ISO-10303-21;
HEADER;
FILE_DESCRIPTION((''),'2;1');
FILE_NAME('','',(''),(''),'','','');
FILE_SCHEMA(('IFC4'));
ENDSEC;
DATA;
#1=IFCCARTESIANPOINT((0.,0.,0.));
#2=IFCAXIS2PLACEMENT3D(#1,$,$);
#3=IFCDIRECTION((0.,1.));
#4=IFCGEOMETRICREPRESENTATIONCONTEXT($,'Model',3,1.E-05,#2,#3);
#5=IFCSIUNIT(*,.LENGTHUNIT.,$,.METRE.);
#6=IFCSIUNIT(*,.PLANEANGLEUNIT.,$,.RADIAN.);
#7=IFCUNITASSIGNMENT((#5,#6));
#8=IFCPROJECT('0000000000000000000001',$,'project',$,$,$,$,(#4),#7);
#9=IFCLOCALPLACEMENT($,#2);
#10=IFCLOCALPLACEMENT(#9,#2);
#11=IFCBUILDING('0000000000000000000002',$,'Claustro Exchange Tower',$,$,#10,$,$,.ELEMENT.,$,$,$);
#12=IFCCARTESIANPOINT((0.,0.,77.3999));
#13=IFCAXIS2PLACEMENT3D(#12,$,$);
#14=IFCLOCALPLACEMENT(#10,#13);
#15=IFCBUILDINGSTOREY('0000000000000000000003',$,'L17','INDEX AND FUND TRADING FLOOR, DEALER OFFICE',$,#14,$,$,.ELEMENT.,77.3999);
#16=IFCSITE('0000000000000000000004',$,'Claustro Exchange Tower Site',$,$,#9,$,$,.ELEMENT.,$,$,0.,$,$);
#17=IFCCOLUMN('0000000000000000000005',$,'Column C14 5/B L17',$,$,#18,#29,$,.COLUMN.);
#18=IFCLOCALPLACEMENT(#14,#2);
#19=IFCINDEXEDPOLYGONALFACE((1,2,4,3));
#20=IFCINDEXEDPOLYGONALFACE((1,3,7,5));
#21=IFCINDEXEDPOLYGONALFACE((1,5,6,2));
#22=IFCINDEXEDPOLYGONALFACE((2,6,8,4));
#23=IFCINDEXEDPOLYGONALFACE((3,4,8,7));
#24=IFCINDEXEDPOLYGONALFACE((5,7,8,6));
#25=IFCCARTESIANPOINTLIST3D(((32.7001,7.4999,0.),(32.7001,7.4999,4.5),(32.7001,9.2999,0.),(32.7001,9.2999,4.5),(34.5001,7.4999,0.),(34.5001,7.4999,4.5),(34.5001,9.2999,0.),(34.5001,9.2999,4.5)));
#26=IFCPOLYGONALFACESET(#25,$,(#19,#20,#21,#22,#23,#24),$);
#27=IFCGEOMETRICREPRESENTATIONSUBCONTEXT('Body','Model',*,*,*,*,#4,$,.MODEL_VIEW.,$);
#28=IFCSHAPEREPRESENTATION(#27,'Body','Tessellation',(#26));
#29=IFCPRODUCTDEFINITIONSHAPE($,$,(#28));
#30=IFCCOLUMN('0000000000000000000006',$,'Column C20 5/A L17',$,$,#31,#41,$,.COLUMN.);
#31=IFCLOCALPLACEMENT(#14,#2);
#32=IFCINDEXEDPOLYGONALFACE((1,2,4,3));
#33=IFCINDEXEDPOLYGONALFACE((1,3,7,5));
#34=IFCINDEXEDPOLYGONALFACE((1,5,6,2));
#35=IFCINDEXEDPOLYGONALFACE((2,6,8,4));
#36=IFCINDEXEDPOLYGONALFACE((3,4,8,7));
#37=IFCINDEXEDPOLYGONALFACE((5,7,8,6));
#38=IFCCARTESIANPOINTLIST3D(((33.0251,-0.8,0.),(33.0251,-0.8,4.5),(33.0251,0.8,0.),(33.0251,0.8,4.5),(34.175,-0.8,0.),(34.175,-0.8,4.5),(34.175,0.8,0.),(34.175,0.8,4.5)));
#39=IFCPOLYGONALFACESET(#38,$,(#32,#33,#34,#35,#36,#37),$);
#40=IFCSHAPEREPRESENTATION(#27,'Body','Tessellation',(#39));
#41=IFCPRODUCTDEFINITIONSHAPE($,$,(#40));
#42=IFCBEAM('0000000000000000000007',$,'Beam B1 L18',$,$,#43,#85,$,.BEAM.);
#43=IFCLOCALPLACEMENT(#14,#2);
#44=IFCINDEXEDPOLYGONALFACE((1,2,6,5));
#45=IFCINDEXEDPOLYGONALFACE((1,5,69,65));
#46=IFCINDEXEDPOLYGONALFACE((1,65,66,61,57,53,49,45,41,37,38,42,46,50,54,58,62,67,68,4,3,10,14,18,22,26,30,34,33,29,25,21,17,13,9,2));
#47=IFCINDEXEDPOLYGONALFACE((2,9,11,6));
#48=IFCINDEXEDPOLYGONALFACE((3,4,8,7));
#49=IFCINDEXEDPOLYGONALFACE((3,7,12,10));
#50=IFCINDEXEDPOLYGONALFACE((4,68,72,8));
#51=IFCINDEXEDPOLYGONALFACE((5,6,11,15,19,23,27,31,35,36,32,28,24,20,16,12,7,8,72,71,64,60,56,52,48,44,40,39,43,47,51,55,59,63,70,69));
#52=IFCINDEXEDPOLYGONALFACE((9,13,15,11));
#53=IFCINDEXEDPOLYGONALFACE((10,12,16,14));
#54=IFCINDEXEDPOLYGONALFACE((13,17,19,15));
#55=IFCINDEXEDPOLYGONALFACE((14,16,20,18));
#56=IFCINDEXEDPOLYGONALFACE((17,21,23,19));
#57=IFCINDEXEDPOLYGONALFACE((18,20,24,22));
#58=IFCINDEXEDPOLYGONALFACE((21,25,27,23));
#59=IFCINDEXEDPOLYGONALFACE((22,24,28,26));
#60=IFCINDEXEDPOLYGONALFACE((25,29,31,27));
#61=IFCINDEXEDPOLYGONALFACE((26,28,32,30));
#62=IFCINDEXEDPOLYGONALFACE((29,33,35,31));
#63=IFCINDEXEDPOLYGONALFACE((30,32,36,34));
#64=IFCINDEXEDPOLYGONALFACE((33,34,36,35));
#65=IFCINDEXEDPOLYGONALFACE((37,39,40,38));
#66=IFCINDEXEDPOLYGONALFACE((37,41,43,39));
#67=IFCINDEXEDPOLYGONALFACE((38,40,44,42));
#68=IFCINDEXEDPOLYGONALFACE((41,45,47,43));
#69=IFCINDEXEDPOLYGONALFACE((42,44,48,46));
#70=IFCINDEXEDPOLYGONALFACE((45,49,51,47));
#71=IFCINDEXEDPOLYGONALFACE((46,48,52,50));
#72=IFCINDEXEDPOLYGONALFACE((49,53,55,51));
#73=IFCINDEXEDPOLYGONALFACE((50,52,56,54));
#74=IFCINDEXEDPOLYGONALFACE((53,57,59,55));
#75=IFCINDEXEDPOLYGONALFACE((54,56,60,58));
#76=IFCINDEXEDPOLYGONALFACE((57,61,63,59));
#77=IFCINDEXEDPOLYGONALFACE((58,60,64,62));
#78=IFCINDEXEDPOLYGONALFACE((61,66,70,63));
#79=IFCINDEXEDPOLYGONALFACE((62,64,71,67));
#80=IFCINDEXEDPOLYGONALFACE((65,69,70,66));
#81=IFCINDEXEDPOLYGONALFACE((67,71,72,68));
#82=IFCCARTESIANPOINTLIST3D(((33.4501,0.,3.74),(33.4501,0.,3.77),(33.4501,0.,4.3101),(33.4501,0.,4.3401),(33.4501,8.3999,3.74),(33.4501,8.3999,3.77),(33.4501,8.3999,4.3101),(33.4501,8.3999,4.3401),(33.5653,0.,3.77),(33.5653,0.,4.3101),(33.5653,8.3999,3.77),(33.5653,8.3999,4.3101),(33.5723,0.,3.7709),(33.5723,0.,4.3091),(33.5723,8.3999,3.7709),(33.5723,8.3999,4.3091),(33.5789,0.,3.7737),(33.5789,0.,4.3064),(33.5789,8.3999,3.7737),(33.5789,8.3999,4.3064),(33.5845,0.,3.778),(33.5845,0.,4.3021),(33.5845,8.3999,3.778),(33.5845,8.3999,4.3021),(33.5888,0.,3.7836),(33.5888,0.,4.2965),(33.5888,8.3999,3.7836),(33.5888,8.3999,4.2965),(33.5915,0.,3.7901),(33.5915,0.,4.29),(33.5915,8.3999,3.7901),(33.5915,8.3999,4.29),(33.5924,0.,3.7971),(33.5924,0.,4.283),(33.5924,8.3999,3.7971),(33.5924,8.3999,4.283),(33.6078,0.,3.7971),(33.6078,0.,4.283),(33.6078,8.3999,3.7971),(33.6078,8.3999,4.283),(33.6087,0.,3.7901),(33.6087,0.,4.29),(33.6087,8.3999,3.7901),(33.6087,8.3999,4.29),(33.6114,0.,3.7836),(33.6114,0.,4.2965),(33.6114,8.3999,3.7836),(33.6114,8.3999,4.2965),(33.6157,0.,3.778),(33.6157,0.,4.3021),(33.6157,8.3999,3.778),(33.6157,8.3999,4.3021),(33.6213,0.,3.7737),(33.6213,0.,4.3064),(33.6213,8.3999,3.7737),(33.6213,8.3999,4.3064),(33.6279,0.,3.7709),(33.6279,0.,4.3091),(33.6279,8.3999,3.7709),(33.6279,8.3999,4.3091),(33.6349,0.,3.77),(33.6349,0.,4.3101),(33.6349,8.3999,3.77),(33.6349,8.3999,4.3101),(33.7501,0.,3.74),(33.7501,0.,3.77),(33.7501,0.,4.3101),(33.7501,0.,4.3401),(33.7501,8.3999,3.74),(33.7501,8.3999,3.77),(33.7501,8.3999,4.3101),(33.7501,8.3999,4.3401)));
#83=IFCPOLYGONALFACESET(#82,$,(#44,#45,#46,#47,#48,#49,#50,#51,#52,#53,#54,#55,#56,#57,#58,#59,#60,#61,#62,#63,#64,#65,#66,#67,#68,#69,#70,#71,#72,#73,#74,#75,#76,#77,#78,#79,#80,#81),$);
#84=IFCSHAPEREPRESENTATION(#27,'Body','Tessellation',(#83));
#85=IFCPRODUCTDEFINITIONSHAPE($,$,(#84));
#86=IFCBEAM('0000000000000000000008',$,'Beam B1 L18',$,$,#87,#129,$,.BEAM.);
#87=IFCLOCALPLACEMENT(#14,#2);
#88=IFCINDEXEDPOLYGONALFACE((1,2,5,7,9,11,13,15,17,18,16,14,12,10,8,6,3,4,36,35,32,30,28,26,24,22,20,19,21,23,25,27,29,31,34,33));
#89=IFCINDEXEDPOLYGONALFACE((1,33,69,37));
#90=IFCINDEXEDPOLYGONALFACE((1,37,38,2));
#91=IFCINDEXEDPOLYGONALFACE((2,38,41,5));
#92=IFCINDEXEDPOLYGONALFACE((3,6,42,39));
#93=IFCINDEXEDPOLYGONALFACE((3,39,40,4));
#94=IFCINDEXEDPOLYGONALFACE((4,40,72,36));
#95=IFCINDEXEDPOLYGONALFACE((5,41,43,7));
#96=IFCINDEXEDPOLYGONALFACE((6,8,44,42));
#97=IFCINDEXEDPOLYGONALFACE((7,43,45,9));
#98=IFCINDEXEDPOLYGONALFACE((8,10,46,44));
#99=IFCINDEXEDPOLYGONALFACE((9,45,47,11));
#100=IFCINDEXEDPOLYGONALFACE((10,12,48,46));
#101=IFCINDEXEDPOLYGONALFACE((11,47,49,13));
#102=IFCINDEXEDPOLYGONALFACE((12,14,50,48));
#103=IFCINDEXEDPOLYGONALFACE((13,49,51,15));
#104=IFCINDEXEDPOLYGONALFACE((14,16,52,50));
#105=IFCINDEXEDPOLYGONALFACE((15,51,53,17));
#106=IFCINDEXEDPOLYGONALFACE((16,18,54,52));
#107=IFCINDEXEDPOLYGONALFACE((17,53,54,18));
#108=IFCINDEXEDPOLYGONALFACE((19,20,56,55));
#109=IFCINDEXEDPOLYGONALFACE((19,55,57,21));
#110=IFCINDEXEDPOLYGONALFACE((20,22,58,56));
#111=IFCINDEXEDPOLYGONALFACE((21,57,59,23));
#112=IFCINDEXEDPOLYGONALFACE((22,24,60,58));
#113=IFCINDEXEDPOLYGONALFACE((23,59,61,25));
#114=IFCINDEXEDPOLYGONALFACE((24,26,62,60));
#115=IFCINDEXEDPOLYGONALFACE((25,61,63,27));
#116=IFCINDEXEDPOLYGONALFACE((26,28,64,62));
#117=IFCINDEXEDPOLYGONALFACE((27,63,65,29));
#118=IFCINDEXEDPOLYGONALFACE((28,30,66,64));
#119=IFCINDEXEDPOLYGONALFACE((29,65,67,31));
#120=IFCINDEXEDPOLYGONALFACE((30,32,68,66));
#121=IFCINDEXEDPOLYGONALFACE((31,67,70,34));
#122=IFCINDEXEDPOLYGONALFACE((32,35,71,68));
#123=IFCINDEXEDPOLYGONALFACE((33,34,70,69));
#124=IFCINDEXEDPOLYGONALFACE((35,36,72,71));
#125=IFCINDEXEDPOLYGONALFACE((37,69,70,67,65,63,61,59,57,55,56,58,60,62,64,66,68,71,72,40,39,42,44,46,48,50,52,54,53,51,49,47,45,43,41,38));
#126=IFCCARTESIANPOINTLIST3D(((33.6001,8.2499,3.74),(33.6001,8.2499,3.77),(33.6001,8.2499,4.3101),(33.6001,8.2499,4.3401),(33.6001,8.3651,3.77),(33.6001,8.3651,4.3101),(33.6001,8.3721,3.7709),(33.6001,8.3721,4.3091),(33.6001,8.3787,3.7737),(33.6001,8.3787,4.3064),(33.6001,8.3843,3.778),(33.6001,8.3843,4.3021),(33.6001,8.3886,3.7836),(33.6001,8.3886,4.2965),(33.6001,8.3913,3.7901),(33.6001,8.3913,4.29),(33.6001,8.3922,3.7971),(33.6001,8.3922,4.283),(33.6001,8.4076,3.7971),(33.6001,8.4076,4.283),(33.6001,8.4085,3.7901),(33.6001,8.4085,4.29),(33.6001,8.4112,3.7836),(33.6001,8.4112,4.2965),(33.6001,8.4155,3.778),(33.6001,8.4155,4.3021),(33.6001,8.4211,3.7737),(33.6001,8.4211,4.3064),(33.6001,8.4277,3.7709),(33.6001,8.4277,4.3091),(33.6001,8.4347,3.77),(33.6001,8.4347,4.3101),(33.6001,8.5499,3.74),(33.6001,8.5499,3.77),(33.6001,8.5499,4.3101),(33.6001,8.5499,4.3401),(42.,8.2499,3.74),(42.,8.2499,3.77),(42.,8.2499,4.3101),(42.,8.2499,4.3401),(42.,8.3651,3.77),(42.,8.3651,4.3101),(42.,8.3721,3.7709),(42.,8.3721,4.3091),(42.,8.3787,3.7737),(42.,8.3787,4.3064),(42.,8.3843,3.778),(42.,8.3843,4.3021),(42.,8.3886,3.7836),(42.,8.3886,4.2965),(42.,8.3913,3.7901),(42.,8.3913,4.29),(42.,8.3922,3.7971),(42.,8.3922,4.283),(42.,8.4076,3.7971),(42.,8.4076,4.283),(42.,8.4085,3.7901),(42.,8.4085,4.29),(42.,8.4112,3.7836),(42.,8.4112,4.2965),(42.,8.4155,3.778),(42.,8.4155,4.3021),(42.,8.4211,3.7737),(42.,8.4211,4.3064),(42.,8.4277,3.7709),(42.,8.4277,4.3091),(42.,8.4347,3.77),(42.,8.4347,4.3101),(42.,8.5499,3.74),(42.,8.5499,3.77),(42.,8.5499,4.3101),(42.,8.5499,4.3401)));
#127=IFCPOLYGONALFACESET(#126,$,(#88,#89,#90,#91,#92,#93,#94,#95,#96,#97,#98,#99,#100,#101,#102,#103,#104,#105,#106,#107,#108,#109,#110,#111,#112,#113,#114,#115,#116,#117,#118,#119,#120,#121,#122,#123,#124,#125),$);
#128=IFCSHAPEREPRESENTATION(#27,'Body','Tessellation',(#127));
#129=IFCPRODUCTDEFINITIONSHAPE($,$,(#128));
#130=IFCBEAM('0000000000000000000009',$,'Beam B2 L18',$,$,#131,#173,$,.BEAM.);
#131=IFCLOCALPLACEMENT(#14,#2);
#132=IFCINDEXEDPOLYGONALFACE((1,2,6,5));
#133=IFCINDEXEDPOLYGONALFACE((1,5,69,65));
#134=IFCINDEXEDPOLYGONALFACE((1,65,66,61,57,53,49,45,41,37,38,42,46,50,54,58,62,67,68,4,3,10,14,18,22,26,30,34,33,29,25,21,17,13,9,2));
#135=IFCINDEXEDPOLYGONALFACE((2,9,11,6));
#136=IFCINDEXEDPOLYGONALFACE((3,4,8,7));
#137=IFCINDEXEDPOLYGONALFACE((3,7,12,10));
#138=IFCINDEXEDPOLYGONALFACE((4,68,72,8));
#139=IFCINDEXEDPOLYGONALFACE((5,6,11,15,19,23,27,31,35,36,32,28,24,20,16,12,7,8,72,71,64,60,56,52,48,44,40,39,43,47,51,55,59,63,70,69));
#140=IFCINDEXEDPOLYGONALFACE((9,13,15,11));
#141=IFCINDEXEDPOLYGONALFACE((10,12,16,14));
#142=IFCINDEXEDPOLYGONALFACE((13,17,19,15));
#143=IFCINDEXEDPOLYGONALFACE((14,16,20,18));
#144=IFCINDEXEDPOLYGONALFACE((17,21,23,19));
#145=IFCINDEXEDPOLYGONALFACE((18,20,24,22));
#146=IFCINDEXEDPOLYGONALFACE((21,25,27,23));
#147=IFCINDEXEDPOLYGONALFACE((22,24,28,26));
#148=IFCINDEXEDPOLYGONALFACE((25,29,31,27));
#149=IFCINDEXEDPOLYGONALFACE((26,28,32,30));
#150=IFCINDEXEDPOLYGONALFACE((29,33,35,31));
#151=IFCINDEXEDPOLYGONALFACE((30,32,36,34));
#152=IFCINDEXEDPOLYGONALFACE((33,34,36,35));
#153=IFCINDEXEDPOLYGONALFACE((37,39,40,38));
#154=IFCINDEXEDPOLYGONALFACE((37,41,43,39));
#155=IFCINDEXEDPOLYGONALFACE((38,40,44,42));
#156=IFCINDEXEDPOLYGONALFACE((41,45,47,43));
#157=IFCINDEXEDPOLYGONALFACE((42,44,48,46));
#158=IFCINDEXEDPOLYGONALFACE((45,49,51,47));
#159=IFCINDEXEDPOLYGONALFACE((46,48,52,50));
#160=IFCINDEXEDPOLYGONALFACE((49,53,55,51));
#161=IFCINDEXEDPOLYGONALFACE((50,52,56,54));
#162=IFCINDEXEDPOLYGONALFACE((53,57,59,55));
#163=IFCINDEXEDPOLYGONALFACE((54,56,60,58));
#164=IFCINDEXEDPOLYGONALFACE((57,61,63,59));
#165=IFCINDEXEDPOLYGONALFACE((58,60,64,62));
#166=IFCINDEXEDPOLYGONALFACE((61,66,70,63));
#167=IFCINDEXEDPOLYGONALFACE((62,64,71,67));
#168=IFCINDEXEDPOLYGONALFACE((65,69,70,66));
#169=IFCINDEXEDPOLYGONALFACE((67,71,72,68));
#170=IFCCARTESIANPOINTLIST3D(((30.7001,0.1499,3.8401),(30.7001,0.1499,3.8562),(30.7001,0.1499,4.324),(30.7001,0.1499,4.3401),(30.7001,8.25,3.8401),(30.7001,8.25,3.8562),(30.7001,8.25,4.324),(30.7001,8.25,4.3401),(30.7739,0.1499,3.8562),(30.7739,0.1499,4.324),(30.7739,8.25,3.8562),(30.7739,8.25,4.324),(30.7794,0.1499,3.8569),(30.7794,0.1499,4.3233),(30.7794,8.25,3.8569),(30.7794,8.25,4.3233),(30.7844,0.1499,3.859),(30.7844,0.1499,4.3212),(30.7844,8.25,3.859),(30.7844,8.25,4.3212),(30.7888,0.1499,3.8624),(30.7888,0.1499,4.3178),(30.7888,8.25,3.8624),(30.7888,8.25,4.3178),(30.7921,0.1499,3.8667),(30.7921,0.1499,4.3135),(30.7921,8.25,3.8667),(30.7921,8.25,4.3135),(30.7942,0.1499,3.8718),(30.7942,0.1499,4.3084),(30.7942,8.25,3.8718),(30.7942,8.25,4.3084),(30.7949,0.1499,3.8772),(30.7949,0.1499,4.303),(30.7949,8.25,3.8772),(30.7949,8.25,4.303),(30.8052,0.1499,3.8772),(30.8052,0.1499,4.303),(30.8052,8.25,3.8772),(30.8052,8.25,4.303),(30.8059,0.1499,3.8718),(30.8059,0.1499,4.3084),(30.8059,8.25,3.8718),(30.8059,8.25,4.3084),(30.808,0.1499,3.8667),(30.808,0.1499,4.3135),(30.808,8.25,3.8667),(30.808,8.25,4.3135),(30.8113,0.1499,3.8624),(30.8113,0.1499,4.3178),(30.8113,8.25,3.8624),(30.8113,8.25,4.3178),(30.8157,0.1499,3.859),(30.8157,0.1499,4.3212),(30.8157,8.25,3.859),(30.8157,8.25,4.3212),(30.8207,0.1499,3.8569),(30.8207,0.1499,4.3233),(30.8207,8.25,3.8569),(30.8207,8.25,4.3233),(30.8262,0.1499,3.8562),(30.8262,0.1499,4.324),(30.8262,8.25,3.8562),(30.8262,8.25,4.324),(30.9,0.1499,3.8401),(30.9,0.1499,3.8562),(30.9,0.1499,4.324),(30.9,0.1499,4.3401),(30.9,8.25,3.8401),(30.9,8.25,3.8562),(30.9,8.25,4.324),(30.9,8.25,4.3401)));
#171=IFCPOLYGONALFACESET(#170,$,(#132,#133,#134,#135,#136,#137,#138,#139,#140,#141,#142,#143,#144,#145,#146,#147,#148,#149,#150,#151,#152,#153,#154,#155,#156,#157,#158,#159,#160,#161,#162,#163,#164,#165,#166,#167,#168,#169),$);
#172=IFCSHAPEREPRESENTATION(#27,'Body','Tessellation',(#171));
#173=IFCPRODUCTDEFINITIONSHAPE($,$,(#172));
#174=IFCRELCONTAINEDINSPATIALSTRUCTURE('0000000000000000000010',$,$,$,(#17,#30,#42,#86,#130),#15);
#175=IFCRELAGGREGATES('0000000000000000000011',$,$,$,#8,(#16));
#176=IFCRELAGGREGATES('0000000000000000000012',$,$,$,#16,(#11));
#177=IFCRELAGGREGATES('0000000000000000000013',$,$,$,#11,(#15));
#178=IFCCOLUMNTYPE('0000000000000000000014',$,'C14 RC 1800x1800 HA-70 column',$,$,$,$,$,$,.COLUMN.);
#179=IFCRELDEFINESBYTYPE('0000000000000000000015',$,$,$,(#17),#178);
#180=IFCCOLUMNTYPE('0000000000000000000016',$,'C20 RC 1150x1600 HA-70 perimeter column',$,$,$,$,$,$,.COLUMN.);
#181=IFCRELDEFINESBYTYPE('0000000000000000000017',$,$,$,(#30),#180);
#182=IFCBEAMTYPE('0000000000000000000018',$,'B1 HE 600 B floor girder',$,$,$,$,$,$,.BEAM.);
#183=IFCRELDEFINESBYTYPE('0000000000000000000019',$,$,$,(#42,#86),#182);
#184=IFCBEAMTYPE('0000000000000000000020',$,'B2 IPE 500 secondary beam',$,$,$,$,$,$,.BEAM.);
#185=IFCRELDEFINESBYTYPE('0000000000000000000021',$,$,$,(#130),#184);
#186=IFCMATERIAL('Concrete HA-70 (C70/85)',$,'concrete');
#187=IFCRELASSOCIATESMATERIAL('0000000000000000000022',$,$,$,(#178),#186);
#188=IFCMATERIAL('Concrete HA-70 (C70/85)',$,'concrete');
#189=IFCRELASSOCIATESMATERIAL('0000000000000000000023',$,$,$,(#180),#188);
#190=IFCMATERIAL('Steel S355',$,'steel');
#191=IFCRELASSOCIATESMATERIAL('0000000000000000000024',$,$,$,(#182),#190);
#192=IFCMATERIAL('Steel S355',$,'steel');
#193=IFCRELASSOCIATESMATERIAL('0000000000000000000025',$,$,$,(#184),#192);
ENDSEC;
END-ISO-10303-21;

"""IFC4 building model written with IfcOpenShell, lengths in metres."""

from ifc_helpers import new_model, si_unit, direction, frame, origin, origin_2d, place, context, subcontext, project, spatial, rectangle, i_section, extrude, material, material_profile, profile_set, type_object, element, save


model = new_model("IFC4")

# Units and contexts
model_context = context("Model", 3, precision=1e-05, world=origin(), true_north=direction((0.0, 1.0)))
body_context = subcontext(model_context, "Body", "Model", "MODEL_VIEW")
ifc_project = project(units=[si_unit("LENGTHUNIT", "METRE"), si_unit("PLANEANGLEUNIT", "RADIAN")], contexts=[model_context])

# Site, building, storey
site_placement = place(None, origin())
site = spatial("IfcSite", under=ifc_project, at=site_placement, Name="Claustro Exchange Tower Site", CompositionType="ELEMENT", RefElevation=0.0)
building_placement = place(site_placement, origin())
building = spatial("IfcBuilding", under=site, at=building_placement, Name="Claustro Exchange Tower", CompositionType="ELEMENT")
storey_placement = place(building_placement, frame((0.0, 0.0, 77.3999)))
storey = spatial("IfcBuildingStorey", under=building, at=storey_placement, Name="L17", Description="INDEX AND FUND TRADING FLOOR, DEALER OFFICE", CompositionType="ELEMENT", Elevation=77.3999)

# Columns
ifc_material_1 = material(Name="Concrete HA-70 (C70/85)", Category="concrete")
ifc_material_profile_1 = material_profile(ifc_material_1, rectangle(XDim=1.8, YDim=1.8, at=origin_2d()), Name="RC 1800x1800")
ifc_profile_set_1 = profile_set([ifc_material_profile_1], Name="Concrete HA-70 (C70/85)")
column_type_1 = type_object("IfcColumnType", Name="C14 RC 1800x1800 HA-70 column", PredefinedType="COLUMN", material=ifc_profile_set_1)
column_1_placement = place(storey_placement, frame((33.6001, 8.3999, 0.0), z_axis=(0.0, 0.0, 1.0), x_axis=(1.0, 0.0, 0.0)))
element("IfcColumn", 1, at=column_1_placement, inside=storey, type_object=column_type_1, Name="Column C14 5/B L17", PredefinedType="COLUMN", context=body_context, shape_type="SweptSolid", body=[
    extrude(rectangle(XDim=1.8, YDim=1.8, at=origin_2d()), origin(), (0.0, 0.0, 1.0), 4.5),
])
ifc_material_2 = material(Name="Concrete HA-70 (C70/85)", Category="concrete")
ifc_material_profile_2 = material_profile(ifc_material_2, rectangle(XDim=1.1499, YDim=1.6001, at=origin_2d()), Name="RC 1150x1600")
ifc_profile_set_2 = profile_set([ifc_material_profile_2], Name="Concrete HA-70 (C70/85)")
column_type_2 = type_object("IfcColumnType", Name="C20 RC 1150x1600 HA-70 perimeter column", PredefinedType="COLUMN", material=ifc_profile_set_2)
column_2_placement = place(storey_placement, frame((33.6001, 0.0, 0.0), z_axis=(0.0, 0.0, 1.0), x_axis=(1.0, 0.0, 0.0)))
element("IfcColumn", 2, at=column_2_placement, inside=storey, type_object=column_type_2, Name="Column C20 5/A L17", PredefinedType="COLUMN", context=body_context, shape_type="SweptSolid", body=[
    extrude(rectangle(XDim=1.1499, YDim=1.6001, at=origin_2d()), origin(), (0.0, 0.0, 1.0), 4.5),
])

# Beams
ifc_material_3 = material(Name="Steel S355", Category="steel")
ifc_material_profile_3 = material_profile(ifc_material_3, i_section(OverallWidth=0.3, OverallDepth=0.6001, WebThickness=0.0154, FlangeThickness=0.03, FilletRadius=0.0271, at=origin_2d()), Name="HE 600 B")
ifc_profile_set_3 = profile_set([ifc_material_profile_3], Name="Steel S355")
beam_type_1 = type_object("IfcBeamType", Name="B1 HE 600 B floor girder", PredefinedType="BEAM", material=ifc_profile_set_3)
for number, where, z_axis, x_axis, name in (
    (3, (33.6001, 0.0, 4.04), (0.0, 1.0, 0.0), (-1.0, 0.0, 0.0), "Beam B1 L18"),
    (4, (33.6001, 8.3999, 4.04), (1.0, 0.0, 0.0), (0.0, 1.0, 0.0), "Beam B1 L18"),
):
    element("IfcBeam", number, at=place(storey_placement, frame(where, z_axis=z_axis, x_axis=x_axis)), inside=storey, type_object=beam_type_1, Name=name, PredefinedType="BEAM", context=body_context, shape_type="SweptSolid", body=[
        extrude(i_section(OverallWidth=0.3, OverallDepth=0.6001, WebThickness=0.0154, FlangeThickness=0.03, FilletRadius=0.0271, at=origin_2d()), origin(), (0.0, 0.0, 1.0), 8.3999),
    ])
ifc_material_4 = material(Name="Steel S355", Category="steel")
ifc_material_profile_4 = material_profile(ifc_material_4, i_section(OverallWidth=0.2, OverallDepth=0.5, WebThickness=0.0103, FlangeThickness=0.0161, FilletRadius=0.021, at=origin_2d()), Name="IPE 500")
ifc_profile_set_4 = profile_set([ifc_material_profile_4], Name="Steel S355")
beam_type_2 = type_object("IfcBeamType", Name="B2 IPE 500 secondary beam", PredefinedType="BEAM", material=ifc_profile_set_4)
beam_1_placement = place(storey_placement, frame((30.8, 0.1499, 4.0901), z_axis=(0.0, 1.0, 0.0), x_axis=(-1.0, 0.0, 0.0)))
element("IfcBeam", 5, at=beam_1_placement, inside=storey, type_object=beam_type_2, Name="Beam B2 L18", PredefinedType="BEAM", context=body_context, shape_type="SweptSolid", body=[
    extrude(i_section(OverallWidth=0.2, OverallDepth=0.5, WebThickness=0.0103, FlangeThickness=0.0161, FilletRadius=0.021, at=origin_2d()), origin(), (0.0, 0.0, 1.0), 8.1001),
])

save(model, "model.ifc")
